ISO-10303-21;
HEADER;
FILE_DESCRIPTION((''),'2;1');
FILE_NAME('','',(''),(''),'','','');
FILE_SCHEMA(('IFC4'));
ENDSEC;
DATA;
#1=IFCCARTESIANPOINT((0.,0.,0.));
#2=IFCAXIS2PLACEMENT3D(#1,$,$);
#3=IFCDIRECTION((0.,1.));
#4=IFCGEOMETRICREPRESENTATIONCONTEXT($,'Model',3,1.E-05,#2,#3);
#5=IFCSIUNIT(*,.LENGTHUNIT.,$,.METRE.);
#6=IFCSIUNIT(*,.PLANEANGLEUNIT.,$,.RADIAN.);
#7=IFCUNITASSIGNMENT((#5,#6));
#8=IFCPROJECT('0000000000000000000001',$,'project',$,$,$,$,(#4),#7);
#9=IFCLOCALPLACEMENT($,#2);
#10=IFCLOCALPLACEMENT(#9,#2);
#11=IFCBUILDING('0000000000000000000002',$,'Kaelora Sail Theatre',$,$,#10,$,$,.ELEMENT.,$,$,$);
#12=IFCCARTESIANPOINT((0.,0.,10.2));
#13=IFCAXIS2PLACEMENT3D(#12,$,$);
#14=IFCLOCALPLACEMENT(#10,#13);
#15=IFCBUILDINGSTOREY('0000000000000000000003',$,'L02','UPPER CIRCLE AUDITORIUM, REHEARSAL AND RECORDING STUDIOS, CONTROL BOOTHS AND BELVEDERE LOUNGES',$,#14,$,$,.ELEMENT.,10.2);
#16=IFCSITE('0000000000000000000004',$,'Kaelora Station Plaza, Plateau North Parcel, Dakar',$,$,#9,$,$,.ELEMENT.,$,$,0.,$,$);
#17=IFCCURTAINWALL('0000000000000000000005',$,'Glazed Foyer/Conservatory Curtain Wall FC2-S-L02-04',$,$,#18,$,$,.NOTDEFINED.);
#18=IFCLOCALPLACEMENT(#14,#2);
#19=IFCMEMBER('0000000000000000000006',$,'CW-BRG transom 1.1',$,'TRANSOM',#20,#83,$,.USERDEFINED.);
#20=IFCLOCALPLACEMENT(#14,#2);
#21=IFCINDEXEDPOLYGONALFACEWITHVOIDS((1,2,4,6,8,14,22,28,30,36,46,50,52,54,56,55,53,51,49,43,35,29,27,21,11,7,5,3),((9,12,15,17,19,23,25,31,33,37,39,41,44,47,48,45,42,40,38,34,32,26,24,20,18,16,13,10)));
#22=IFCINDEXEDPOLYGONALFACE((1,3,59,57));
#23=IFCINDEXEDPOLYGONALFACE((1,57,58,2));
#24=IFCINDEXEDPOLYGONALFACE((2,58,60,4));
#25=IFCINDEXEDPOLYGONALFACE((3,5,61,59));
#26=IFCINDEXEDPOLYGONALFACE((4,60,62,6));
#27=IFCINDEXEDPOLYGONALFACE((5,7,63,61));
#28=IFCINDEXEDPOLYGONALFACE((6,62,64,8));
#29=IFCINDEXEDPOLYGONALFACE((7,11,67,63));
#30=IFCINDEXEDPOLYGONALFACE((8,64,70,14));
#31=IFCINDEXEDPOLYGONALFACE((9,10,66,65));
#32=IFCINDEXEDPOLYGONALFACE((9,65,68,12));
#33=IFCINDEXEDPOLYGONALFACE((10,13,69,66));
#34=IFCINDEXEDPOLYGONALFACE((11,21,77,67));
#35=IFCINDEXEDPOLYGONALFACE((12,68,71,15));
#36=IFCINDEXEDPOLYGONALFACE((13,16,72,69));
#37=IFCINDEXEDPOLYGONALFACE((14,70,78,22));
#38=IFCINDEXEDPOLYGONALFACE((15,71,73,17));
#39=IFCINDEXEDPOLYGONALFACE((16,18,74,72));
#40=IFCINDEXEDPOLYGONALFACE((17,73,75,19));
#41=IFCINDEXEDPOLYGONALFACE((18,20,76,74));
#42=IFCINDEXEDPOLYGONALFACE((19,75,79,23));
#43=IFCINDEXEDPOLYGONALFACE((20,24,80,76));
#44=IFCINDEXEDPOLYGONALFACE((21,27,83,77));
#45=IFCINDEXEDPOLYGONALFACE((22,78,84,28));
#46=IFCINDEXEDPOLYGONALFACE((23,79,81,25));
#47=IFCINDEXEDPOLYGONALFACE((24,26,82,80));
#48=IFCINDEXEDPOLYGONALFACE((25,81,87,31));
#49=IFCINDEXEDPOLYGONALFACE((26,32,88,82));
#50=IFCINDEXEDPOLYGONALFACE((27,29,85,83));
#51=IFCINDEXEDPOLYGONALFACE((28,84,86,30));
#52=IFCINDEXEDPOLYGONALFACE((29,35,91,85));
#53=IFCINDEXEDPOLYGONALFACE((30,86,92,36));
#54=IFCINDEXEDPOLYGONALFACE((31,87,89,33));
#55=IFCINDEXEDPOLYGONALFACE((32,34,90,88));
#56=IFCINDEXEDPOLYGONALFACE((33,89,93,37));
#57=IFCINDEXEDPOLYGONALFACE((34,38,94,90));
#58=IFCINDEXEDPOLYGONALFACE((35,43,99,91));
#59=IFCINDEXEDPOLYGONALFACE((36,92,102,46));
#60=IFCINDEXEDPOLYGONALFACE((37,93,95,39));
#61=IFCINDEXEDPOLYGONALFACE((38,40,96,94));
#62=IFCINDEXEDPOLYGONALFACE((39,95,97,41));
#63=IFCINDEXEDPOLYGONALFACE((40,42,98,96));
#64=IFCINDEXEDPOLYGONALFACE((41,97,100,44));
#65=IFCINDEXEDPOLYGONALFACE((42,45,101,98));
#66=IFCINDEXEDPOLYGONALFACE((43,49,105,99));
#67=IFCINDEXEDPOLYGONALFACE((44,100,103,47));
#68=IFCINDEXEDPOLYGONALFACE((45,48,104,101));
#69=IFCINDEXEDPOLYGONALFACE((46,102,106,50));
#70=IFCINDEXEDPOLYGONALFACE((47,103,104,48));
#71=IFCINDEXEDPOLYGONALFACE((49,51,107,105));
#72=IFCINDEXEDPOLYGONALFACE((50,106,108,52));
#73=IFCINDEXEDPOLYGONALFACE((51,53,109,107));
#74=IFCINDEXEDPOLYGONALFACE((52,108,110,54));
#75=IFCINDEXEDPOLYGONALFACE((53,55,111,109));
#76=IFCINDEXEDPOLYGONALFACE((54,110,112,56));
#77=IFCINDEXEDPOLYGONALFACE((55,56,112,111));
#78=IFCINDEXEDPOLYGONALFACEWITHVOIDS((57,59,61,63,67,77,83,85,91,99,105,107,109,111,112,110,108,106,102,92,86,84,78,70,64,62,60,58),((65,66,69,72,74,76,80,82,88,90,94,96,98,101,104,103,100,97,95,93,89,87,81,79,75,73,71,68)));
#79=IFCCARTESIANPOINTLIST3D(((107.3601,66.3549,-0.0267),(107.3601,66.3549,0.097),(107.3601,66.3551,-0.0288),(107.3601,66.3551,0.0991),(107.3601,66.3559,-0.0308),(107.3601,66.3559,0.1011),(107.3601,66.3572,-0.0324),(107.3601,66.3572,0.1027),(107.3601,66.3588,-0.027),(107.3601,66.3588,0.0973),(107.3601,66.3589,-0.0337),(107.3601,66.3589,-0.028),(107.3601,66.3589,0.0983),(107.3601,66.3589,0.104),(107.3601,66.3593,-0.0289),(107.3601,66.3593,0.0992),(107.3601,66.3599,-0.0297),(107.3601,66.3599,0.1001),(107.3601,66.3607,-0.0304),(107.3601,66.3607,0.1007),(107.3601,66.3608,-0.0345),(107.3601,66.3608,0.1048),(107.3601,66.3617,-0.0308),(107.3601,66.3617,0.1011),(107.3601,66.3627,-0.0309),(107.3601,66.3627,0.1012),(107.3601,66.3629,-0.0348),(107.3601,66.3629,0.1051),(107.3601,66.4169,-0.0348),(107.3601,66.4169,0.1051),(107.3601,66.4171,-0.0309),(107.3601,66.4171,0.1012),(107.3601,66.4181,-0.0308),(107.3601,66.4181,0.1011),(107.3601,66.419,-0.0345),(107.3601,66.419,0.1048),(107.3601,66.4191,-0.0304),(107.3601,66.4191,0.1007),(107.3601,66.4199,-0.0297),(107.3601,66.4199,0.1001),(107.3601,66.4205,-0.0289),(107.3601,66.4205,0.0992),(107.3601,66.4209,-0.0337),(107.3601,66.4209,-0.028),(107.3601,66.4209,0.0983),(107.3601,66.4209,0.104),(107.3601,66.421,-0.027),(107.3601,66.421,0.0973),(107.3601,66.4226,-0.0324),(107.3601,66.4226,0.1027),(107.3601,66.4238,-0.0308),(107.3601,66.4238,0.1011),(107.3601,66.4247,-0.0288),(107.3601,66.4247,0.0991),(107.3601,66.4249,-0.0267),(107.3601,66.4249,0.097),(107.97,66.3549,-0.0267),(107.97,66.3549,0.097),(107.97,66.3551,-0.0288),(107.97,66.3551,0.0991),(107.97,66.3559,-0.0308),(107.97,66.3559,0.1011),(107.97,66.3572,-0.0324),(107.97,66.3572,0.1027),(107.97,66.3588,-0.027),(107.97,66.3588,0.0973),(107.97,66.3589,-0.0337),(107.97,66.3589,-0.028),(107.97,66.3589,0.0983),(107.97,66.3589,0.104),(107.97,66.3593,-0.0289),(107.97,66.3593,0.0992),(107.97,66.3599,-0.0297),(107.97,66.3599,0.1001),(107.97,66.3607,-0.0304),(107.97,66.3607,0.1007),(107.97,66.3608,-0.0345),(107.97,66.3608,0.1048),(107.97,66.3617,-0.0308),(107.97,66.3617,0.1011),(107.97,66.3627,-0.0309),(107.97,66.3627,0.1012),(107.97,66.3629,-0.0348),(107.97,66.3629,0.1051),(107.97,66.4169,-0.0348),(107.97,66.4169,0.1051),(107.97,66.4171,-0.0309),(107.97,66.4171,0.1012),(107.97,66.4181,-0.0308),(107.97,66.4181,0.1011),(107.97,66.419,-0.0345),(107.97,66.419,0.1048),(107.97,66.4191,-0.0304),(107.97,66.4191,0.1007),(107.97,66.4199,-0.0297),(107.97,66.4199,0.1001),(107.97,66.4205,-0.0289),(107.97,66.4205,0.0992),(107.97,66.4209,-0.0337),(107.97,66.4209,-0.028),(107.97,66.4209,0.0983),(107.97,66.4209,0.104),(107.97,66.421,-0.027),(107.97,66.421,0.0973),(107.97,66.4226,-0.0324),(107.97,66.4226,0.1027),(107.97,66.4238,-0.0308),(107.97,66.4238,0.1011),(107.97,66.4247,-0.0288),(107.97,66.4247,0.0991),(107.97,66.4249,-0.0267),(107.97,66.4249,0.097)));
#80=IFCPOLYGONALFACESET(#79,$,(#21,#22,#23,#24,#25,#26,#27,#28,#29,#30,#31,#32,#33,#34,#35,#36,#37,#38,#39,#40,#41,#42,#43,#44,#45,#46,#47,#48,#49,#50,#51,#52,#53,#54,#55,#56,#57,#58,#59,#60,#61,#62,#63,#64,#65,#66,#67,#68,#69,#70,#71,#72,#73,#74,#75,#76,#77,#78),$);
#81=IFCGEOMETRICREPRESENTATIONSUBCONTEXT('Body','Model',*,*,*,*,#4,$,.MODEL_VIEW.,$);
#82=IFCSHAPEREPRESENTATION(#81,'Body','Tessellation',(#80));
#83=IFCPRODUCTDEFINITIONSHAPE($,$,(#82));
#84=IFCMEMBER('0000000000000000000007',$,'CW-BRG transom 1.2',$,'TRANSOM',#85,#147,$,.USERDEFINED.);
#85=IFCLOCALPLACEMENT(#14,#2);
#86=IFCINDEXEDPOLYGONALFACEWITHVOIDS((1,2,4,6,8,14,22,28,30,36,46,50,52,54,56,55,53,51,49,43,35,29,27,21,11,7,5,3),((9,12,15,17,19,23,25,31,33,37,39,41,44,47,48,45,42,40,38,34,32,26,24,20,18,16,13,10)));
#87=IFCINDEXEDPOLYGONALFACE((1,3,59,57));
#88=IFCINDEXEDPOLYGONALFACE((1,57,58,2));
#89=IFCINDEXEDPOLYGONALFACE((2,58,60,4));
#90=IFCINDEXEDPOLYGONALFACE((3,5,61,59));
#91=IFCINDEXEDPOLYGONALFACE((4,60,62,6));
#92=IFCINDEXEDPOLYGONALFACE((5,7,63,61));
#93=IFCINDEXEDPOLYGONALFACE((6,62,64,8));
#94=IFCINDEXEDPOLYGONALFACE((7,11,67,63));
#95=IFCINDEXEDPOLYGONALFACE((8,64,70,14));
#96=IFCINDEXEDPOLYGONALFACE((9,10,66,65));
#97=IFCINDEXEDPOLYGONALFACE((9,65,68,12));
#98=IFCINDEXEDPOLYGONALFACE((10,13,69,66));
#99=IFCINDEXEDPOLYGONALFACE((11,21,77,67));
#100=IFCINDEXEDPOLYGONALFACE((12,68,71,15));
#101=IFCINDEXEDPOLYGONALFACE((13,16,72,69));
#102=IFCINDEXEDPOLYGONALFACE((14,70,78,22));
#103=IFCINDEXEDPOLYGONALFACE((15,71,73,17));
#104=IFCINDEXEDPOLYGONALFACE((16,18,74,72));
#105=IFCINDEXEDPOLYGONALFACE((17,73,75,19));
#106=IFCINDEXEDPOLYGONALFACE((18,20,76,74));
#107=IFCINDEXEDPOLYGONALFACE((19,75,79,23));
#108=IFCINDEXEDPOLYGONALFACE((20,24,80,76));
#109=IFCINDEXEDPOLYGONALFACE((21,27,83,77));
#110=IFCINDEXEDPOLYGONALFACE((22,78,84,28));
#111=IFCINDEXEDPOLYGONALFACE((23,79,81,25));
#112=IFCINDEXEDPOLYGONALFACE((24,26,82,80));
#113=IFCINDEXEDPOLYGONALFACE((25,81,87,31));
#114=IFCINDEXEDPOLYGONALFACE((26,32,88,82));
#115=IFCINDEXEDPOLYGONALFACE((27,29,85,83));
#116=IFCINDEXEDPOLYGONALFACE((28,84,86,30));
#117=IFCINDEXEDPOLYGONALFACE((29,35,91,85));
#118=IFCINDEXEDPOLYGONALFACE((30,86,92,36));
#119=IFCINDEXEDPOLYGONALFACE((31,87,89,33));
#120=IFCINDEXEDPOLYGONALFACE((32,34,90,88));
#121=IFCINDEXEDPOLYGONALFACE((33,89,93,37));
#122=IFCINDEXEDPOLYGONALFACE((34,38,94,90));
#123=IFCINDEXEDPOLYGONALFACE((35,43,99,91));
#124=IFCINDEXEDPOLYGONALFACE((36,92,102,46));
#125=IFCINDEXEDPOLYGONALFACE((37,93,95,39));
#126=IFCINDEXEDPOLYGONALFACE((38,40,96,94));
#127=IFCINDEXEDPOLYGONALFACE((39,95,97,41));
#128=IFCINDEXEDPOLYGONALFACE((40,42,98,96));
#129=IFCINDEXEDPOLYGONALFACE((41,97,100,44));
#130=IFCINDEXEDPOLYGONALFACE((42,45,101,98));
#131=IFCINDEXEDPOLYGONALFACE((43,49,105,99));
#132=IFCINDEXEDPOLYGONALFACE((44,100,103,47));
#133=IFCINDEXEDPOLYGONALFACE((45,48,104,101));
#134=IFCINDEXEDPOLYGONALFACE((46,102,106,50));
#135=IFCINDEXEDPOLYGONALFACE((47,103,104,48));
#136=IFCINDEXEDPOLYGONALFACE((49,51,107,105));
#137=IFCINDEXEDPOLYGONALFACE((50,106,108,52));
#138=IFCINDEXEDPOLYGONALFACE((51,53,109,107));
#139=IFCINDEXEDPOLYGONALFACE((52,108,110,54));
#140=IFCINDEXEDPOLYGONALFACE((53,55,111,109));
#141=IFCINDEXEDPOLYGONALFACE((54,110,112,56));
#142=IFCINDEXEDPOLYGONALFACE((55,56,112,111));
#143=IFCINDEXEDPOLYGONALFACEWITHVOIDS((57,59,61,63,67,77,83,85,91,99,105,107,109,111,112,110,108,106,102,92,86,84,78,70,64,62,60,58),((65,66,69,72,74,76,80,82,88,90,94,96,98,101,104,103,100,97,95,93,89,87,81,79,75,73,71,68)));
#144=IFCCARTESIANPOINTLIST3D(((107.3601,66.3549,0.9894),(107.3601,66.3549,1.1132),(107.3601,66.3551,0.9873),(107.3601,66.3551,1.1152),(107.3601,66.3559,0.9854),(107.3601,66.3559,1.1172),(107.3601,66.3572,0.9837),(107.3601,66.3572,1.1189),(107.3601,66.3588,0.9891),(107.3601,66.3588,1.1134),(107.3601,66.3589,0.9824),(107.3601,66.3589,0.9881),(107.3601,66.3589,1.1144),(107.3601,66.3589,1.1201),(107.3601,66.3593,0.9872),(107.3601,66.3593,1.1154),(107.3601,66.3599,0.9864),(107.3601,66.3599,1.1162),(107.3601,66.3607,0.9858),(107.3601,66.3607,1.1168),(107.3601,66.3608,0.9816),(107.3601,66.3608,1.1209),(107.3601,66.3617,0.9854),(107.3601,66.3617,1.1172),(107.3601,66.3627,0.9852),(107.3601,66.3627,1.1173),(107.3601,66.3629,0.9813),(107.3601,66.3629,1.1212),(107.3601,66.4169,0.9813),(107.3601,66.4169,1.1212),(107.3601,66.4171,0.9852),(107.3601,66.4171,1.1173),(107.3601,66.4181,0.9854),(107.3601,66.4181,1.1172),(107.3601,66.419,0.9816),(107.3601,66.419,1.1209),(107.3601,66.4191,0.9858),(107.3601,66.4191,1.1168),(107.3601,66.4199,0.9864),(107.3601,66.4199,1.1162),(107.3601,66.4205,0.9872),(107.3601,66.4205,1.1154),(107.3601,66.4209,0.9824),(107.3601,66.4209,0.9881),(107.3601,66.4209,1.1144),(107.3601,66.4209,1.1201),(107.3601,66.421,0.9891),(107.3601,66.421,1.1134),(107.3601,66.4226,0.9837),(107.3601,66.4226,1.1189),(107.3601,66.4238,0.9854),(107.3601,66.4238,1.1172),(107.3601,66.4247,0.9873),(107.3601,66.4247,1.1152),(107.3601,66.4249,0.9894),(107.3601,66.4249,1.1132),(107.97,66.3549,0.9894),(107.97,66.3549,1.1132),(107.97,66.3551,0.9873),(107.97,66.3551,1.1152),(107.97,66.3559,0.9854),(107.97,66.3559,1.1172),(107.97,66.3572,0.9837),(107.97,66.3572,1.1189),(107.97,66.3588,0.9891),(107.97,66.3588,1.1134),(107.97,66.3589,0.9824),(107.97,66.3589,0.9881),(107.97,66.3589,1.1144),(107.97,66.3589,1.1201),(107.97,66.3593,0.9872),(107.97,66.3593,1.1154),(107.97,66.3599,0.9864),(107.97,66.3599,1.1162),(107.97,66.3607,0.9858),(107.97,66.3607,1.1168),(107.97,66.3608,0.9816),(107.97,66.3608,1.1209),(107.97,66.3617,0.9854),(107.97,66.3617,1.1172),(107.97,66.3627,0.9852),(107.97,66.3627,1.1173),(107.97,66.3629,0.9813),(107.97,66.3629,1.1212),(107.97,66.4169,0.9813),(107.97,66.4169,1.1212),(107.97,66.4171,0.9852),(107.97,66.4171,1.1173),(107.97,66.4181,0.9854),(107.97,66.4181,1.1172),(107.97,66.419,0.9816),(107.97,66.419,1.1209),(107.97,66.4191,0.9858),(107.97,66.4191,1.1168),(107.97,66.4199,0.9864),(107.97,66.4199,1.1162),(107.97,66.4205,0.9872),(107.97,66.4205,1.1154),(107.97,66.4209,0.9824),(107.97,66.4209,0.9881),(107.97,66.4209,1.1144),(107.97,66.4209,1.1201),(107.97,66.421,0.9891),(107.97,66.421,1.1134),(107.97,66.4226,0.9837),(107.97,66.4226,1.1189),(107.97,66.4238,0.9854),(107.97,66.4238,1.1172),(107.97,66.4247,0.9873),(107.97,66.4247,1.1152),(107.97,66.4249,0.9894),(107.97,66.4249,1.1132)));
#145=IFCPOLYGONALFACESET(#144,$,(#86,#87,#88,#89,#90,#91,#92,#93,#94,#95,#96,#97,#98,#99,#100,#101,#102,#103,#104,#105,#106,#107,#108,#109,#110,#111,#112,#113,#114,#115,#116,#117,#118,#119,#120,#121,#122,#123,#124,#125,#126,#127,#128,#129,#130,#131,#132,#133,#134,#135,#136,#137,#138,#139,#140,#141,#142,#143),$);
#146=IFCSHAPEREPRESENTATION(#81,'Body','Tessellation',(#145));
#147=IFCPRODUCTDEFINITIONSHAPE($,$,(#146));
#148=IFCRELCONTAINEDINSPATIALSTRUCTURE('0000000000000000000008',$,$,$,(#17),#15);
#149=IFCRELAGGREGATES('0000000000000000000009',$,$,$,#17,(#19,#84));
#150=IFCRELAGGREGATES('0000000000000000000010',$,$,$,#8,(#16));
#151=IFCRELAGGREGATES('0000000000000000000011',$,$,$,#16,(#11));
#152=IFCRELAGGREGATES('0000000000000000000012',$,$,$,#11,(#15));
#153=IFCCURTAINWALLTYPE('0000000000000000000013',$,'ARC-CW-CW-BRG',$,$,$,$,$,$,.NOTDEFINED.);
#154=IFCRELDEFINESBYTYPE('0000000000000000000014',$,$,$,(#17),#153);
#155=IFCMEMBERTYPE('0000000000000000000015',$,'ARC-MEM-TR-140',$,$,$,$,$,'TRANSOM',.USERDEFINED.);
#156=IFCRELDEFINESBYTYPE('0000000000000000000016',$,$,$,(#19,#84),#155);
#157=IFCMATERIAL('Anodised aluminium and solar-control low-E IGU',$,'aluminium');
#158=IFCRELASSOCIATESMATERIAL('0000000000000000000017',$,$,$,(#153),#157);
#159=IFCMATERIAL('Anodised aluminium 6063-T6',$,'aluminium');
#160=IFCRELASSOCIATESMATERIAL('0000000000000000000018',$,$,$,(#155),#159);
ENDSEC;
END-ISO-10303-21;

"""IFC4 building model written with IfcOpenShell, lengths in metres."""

from ifc_helpers import new_model, si_unit, direction, frame, origin, origin_2d, place, context, subcontext, project, spatial, hollow_rectangle, extrude, material, material_profile, profile_set, type_object, element, aggregate, save


model = new_model("IFC4")

# Units and contexts
model_context = context("Model", 3, precision=1e-05, world=origin(), true_north=direction((0.0, 1.0)))
body_context = subcontext(model_context, "Body", "Model", "MODEL_VIEW")
ifc_project = project(units=[si_unit("LENGTHUNIT", "METRE"), si_unit("PLANEANGLEUNIT", "RADIAN")], contexts=[model_context])

# Site, building, storey
site_placement = place(None, origin())
site = spatial("IfcSite", under=ifc_project, at=site_placement, Name="Kaelora Station Plaza, Plateau North Parcel, Dakar", CompositionType="ELEMENT", RefElevation=0.0)
building_placement = place(site_placement, origin())
building = spatial("IfcBuilding", under=site, at=building_placement, Name="Kaelora Sail Theatre", CompositionType="ELEMENT")
storey_placement = place(building_placement, frame((0.0, 0.0, 10.2)))
storey = spatial("IfcBuildingStorey", under=building, at=storey_placement, Name="L02", Description="UPPER CIRCLE AUDITORIUM, REHEARSAL AND RECORDING STUDIOS, CONTROL BOOTHS AND BELVEDERE LOUNGES", CompositionType="ELEMENT", Elevation=10.2)

# Shared definitions
ifc_material_1 = material(Name="Anodised aluminium and solar-control low-E IGU", Category="aluminium")
curtain_wall_type = type_object("IfcCurtainWallType", Name="ARC-CW-CW-BRG", PredefinedType="NOTDEFINED", material=ifc_material_1)

# Curtain wall, members
curtain_wall_1_placement = place(storey_placement, origin())
curtain_wall_1 = element("IfcCurtainWall", 1, at=curtain_wall_1_placement, inside=storey, type_object=curtain_wall_type, Name="Glazed Foyer/Conservatory Curtain Wall FC2-S-L02-04", PredefinedType="NOTDEFINED")
ifc_material_2 = material(Name="Anodised aluminium 6063-T6", Category="aluminium")
ifc_material_profile_1 = material_profile(ifc_material_2, hollow_rectangle(XDim=0.0701, YDim=0.1399, WallThickness=0.0039, InnerFilletRadius=0.0039, OuterFilletRadius=0.0081, at=origin_2d()), Name="ALU-TRAN 70x140x4")
ifc_profile_set_1 = profile_set([ifc_material_profile_1], Name="Anodised aluminium 6063-T6")
member_type_1 = type_object("IfcMemberType", Name="ARC-MEM-TR-140", ElementType="TRANSOM", PredefinedType="USERDEFINED", material=ifc_profile_set_1)
member_1_placement = place(storey_placement, frame((107.3601, 66.3899, 0.0352), z_axis=(1.0, 0.0, 0.0), x_axis=(0.0, 1.0, 0.0)))
member_1 = element("IfcMember", 2, at=member_1_placement, type_object=member_type_1, Name="CW-BRG transom 1.1", ObjectType="TRANSOM", PredefinedType="USERDEFINED", context=body_context, shape_type="SweptSolid", body=[
    extrude(hollow_rectangle(XDim=0.0701, YDim=0.1399, WallThickness=0.0039, InnerFilletRadius=0.0039, OuterFilletRadius=0.0081, at=origin_2d()), origin(), (0.0, 0.0, 1.0), 0.6099),
])
member_2_placement = place(storey_placement, frame((107.3601, 66.3899, 1.0513), z_axis=(1.0, 0.0, 0.0), x_axis=(0.0, 1.0, 0.0)))
member_2 = element("IfcMember", 3, at=member_2_placement, type_object=member_type_1, Name="CW-BRG transom 1.2", ObjectType="TRANSOM", PredefinedType="USERDEFINED", context=body_context, shape_type="SweptSolid", body=[
    extrude(hollow_rectangle(XDim=0.0701, YDim=0.1399, WallThickness=0.0039, InnerFilletRadius=0.0039, OuterFilletRadius=0.0081, at=origin_2d()), origin(), (0.0, 0.0, 1.0), 0.6099),
])

aggregate(curtain_wall_1, [member_1, member_2])

save(model, "model.ifc")
